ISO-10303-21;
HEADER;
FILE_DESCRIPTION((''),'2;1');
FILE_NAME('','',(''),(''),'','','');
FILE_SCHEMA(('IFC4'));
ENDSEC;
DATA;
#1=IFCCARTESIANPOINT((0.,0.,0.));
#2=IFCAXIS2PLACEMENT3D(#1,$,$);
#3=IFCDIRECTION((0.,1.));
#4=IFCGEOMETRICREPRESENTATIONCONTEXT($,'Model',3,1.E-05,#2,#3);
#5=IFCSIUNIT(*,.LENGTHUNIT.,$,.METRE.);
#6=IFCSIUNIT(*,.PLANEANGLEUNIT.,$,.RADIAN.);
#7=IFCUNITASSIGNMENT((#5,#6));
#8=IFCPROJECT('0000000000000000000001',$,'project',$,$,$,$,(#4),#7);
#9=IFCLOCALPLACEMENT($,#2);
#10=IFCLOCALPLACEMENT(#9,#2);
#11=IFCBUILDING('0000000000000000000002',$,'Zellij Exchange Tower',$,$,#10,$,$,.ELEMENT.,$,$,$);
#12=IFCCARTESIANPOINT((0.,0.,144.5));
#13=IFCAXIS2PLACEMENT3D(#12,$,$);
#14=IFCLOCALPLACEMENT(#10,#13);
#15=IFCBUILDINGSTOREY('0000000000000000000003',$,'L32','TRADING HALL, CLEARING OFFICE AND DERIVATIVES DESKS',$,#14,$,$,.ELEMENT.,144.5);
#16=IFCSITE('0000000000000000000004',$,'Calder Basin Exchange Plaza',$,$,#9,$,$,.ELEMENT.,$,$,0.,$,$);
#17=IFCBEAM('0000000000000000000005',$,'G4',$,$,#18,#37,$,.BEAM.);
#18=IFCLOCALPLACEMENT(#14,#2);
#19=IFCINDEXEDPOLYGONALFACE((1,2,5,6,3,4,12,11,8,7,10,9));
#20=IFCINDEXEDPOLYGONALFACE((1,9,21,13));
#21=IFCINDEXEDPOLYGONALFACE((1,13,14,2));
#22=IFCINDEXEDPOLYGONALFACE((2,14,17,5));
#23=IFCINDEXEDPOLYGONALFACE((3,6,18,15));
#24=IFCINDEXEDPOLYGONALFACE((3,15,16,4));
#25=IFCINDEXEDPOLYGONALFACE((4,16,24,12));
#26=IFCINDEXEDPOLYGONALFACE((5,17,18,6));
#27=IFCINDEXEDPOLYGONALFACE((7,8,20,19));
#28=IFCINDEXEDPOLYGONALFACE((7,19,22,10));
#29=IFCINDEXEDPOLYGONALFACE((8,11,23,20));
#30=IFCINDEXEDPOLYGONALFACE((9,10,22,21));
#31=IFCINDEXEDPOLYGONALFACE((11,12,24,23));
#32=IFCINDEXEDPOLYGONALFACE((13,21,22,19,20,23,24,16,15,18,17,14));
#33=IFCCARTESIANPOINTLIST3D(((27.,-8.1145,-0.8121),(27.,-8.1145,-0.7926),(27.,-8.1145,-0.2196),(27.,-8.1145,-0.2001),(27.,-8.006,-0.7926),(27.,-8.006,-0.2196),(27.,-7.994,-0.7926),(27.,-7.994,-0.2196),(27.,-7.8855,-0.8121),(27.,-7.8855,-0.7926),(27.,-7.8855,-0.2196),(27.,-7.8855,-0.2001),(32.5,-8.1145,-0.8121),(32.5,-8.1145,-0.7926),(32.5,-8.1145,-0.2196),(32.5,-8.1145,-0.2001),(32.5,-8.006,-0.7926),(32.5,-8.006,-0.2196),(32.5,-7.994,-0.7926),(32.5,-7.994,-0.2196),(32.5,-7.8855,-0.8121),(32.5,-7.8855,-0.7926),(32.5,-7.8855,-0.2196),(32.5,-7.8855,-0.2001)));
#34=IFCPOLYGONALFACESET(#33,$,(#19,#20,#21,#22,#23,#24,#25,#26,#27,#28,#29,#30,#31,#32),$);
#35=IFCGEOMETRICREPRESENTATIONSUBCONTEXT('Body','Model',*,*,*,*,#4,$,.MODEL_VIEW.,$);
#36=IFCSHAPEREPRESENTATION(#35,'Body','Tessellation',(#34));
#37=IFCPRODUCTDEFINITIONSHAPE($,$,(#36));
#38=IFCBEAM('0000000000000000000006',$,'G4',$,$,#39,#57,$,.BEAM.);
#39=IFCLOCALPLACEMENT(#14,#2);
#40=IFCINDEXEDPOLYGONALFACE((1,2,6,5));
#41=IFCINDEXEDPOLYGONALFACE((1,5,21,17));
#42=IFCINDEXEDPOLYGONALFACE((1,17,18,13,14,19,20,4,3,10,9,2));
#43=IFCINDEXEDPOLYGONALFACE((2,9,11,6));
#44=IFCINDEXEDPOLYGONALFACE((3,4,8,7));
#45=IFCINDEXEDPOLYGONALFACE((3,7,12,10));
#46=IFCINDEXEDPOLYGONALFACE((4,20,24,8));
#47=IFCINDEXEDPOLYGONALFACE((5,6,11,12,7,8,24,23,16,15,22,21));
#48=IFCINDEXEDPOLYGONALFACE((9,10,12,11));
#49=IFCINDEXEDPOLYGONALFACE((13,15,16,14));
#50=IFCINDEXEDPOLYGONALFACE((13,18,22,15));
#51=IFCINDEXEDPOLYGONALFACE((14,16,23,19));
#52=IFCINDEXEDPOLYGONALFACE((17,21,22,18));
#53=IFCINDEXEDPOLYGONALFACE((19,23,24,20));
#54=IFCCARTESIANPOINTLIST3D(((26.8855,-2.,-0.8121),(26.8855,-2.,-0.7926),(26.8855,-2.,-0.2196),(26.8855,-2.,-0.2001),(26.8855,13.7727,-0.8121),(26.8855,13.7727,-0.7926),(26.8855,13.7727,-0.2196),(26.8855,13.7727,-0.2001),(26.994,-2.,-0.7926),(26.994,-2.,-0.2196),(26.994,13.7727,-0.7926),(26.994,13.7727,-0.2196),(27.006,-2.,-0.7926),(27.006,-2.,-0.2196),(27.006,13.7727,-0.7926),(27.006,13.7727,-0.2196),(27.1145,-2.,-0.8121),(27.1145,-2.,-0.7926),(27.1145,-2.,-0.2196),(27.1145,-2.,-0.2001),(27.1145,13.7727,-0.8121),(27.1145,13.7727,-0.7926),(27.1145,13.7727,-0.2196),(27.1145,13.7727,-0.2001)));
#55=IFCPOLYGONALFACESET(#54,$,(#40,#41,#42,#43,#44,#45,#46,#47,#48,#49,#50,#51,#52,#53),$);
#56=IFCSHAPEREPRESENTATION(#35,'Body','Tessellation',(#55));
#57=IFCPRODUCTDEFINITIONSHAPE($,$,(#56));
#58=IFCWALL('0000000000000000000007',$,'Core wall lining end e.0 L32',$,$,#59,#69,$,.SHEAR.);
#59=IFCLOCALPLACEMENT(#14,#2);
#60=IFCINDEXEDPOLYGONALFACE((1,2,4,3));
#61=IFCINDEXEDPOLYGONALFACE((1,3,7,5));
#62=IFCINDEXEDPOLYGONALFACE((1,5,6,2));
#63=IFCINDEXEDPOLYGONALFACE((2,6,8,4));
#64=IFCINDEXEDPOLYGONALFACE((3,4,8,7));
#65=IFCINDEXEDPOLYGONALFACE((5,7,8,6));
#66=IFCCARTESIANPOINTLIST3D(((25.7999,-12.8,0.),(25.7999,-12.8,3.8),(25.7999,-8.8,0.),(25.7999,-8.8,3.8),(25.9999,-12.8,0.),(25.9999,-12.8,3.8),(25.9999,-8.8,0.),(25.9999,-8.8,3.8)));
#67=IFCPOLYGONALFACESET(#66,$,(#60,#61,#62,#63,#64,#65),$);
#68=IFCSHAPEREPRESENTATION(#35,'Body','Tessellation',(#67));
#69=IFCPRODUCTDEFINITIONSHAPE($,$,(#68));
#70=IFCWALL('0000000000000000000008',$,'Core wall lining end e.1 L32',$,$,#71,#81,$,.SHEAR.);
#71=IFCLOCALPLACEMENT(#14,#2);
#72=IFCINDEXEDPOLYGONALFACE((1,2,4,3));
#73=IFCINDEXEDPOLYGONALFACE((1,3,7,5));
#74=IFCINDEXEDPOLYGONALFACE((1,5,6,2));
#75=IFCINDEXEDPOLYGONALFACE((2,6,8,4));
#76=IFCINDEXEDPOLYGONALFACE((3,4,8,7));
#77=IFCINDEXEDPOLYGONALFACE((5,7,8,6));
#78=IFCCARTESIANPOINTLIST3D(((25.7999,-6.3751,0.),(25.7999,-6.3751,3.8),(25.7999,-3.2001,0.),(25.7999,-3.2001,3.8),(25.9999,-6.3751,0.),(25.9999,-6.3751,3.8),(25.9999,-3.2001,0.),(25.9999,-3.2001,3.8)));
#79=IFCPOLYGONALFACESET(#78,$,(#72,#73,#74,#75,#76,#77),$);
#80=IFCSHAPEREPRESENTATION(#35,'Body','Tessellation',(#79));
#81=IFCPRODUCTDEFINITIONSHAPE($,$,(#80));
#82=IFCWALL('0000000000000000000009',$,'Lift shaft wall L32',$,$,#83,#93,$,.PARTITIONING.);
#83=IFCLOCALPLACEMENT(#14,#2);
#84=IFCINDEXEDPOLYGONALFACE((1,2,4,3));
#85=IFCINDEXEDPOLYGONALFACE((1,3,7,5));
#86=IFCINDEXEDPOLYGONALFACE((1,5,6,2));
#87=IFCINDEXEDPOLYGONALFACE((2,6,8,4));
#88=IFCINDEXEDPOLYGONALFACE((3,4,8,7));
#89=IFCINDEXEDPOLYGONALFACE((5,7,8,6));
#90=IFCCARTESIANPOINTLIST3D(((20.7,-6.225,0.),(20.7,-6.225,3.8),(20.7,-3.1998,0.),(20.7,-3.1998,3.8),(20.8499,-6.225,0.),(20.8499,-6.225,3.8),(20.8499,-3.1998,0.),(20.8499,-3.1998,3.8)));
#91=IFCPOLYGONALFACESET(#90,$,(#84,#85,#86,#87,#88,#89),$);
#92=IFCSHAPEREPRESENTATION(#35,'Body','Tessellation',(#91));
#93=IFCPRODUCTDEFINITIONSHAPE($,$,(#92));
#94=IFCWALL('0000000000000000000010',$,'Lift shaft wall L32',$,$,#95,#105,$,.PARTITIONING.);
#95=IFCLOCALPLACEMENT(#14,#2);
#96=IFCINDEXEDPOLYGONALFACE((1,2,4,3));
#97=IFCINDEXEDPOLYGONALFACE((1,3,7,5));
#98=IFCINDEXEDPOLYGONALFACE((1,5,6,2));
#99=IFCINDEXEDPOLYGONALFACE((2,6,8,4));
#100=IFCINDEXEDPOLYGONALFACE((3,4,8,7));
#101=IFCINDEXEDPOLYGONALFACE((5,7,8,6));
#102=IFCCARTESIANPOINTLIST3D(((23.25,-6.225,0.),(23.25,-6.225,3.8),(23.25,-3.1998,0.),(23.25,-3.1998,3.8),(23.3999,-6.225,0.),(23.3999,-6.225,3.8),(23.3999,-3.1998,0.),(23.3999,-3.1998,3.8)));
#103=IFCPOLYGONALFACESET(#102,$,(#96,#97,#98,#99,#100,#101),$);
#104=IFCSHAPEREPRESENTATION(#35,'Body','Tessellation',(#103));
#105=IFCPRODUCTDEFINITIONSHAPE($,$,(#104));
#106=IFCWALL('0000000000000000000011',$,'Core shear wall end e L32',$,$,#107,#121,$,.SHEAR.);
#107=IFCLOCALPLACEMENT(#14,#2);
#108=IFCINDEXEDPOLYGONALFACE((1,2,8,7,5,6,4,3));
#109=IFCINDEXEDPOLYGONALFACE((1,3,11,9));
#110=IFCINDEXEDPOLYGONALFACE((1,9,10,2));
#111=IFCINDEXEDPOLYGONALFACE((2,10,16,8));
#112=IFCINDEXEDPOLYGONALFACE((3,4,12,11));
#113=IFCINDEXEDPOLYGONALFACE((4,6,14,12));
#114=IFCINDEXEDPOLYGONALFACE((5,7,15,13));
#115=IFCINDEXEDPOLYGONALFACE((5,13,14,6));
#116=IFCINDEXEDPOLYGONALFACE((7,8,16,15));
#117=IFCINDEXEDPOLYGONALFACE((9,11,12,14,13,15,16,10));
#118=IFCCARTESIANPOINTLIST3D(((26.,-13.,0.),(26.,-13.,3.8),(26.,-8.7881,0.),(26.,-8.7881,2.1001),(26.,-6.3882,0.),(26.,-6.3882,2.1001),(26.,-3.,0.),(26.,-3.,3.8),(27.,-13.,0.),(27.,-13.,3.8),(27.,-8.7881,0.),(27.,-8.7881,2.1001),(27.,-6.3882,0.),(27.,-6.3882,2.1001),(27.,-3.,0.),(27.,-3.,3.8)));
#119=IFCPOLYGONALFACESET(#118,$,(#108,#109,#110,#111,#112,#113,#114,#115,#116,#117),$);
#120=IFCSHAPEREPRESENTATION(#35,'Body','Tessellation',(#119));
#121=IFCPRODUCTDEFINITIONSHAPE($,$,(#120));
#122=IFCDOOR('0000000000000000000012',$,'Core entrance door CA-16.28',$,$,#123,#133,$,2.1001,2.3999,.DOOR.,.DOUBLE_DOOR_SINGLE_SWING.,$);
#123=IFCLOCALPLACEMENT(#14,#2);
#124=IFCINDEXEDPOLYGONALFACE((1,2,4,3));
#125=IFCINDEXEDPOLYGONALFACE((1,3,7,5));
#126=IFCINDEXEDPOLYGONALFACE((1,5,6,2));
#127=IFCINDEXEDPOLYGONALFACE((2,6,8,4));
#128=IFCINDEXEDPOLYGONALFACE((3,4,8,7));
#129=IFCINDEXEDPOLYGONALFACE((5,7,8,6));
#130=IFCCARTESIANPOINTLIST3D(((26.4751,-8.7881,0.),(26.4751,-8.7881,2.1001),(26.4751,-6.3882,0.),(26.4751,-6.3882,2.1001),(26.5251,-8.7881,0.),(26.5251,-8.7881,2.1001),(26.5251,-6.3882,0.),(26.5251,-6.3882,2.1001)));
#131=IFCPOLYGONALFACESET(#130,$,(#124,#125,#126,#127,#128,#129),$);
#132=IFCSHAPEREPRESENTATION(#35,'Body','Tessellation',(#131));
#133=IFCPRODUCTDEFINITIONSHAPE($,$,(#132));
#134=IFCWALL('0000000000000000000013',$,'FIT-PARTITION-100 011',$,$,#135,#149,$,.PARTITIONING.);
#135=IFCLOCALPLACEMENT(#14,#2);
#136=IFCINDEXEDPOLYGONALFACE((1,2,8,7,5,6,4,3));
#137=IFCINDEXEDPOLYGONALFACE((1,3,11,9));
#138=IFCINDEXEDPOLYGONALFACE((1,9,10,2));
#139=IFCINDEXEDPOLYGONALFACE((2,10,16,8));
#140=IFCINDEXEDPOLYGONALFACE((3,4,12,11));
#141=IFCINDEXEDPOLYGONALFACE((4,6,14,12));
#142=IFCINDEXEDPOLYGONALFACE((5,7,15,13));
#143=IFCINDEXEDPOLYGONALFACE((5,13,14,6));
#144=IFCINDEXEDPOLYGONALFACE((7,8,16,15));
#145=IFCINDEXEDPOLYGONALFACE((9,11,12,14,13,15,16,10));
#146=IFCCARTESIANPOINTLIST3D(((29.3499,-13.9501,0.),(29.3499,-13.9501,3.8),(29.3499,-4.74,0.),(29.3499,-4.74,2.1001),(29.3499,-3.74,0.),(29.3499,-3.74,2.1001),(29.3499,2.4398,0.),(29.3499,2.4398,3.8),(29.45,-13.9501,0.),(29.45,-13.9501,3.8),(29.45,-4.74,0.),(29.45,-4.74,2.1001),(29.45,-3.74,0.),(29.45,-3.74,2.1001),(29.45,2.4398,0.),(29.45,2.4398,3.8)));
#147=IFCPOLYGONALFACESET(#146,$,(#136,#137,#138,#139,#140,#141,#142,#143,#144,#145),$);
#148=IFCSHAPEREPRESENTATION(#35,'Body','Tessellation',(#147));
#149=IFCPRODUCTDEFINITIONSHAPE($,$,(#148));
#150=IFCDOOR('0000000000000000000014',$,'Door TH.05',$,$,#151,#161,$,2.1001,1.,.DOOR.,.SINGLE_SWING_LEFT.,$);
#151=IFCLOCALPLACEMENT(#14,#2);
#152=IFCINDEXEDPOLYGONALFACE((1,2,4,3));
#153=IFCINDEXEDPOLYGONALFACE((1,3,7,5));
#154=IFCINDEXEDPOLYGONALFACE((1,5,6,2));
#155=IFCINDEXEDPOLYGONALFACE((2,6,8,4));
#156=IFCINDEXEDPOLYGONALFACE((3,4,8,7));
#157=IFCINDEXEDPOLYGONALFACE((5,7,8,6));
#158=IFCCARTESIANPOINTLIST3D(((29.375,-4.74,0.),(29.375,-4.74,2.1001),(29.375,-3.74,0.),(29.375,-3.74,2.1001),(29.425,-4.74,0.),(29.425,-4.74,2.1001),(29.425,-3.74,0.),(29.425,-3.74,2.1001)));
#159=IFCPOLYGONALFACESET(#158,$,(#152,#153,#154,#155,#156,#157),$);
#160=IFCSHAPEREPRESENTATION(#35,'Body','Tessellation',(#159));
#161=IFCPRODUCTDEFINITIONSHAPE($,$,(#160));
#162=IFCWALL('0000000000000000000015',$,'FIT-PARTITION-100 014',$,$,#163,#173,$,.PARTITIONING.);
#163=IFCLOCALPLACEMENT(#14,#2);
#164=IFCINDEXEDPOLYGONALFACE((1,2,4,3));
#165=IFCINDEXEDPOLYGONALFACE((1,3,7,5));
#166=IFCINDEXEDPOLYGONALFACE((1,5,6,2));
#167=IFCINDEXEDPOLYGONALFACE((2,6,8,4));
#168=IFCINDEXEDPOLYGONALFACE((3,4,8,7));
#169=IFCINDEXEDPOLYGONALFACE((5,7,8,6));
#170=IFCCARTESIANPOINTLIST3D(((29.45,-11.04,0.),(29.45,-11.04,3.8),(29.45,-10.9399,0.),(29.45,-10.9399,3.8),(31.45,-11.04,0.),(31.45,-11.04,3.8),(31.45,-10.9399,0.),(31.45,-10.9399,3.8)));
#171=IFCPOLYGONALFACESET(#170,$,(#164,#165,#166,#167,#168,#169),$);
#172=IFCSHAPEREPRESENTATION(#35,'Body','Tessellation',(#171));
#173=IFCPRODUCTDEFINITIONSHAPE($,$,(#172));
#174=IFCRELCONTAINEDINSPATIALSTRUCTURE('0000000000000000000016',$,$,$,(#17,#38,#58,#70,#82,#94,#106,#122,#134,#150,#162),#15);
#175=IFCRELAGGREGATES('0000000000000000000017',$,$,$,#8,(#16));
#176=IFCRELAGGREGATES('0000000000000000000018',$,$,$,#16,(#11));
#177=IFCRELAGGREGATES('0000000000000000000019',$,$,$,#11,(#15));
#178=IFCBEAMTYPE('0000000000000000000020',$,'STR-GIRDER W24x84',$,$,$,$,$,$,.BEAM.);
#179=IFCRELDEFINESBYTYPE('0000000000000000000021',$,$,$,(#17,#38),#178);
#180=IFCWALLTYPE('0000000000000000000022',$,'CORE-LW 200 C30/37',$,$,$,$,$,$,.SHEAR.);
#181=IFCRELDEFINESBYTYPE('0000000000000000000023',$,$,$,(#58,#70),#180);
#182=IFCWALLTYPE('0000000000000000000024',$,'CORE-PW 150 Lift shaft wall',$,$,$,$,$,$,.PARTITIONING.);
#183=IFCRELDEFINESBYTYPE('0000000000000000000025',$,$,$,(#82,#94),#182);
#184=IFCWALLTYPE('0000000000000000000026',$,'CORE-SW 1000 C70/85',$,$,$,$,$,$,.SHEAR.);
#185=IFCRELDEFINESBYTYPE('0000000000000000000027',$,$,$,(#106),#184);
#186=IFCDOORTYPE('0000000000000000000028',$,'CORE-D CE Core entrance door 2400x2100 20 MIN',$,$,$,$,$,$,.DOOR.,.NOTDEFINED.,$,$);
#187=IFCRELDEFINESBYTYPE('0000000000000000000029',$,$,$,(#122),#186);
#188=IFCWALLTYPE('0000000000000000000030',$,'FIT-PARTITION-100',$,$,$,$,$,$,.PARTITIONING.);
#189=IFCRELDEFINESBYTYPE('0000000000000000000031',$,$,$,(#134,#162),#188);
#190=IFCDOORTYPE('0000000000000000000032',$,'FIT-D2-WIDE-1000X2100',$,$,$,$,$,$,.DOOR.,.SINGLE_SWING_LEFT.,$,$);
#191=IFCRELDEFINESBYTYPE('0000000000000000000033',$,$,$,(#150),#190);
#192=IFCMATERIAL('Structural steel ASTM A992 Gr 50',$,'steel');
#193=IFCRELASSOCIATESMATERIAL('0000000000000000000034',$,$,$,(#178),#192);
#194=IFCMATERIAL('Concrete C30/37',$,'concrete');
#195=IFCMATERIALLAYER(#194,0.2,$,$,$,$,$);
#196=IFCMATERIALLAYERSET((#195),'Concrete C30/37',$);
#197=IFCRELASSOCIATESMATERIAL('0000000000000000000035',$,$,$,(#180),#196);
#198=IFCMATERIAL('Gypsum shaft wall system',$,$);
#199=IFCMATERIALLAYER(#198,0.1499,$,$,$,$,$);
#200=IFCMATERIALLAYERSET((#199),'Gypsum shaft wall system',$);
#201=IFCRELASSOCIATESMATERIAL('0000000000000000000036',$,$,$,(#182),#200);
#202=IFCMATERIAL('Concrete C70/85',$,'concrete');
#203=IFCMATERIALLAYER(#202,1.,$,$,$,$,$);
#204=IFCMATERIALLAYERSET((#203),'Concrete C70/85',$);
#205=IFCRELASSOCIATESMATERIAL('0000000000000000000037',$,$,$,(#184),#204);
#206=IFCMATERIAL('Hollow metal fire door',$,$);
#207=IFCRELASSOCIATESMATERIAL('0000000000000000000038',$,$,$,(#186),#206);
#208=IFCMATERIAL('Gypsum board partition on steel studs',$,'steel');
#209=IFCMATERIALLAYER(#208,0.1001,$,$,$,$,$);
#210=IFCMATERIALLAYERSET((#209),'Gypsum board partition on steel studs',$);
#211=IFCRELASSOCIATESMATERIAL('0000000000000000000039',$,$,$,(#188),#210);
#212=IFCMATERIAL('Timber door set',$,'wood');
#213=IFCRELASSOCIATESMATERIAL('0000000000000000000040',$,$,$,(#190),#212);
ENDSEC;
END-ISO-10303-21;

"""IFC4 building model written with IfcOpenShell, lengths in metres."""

from ifc_helpers import new_model, si_unit, direction, frame, frame_2d, origin, origin_2d, place, context, subcontext, project, spatial, rectangle, i_section, extrude, material, layer, layer_set, material_profile, profile_set, type_object, element, fill, save


model = new_model("IFC4")

# Units and contexts
model_context = context("Model", 3, precision=1e-05, world=origin(), true_north=direction((0.0, 1.0)))
body_context = subcontext(model_context, "Body", "Model", "MODEL_VIEW")
ifc_project = project(units=[si_unit("LENGTHUNIT", "METRE"), si_unit("PLANEANGLEUNIT", "RADIAN")], contexts=[model_context])

# Site, building, storey
site_placement = place(None, origin())
site = spatial("IfcSite", under=ifc_project, at=site_placement, Name="Calder Basin Exchange Plaza", CompositionType="ELEMENT", RefElevation=0.0)
building_placement = place(site_placement, origin())
building = spatial("IfcBuilding", under=site, at=building_placement, Name="Zellij Exchange Tower", CompositionType="ELEMENT")
storey_placement = place(building_placement, frame((0.0, 0.0, 144.5)))
storey = spatial("IfcBuildingStorey", under=building, at=storey_placement, Name="L32", Description="TRADING HALL, CLEARING OFFICE AND DERIVATIVES DESKS", CompositionType="ELEMENT", Elevation=144.5)

# Shared definitions
ifc_material_1 = material(Name="Concrete C70/85", Category="concrete")

# Beams
ifc_material_2 = material(Name="Structural steel ASTM A992 Gr 50", Category="steel")
ifc_material_profile_1 = material_profile(ifc_material_2, i_section(OverallWidth=0.229, OverallDepth=0.6121, WebThickness=0.012, FlangeThickness=0.0195, at=origin_2d()), Name="W24x84")
ifc_profile_set_1 = profile_set([ifc_material_profile_1], Name="Structural steel ASTM A992 Gr 50")
beam_type_1 = type_object("IfcBeamType", Name="STR-GIRDER W24x84", PredefinedType="BEAM", material=ifc_profile_set_1)
beam_1_placement = place(storey_placement, frame((27.0, -8.0, -0.5061), z_axis=(1.0, 0.0, 0.0), x_axis=(0.0, 1.0, 0.0)))
element("IfcBeam", 1, at=beam_1_placement, inside=storey, type_object=beam_type_1, Name="G4", PredefinedType="BEAM", context=body_context, shape_type="SweptSolid", body=[
    extrude(i_section(OverallWidth=0.229, OverallDepth=0.6121, WebThickness=0.012, FlangeThickness=0.0195, at=origin_2d()), origin(), (0.0, 0.0, 1.0), 5.5),
])
beam_2_placement = place(storey_placement, frame((27.0, -2.0, -0.5061), z_axis=(0.0, 1.0, 0.0), x_axis=(-1.0, 0.0, 0.0)))
element("IfcBeam", 2, at=beam_2_placement, inside=storey, type_object=beam_type_1, Name="G4", PredefinedType="BEAM", context=body_context, shape_type="SweptSolid", body=[
    extrude(i_section(OverallWidth=0.229, OverallDepth=0.6121, WebThickness=0.012, FlangeThickness=0.0195, at=origin_2d()), origin(), (0.0, 0.0, 1.0), 15.7727),
])

# Walls
ifc_material_3 = material(Name="Concrete C30/37", Category="concrete")
ifc_layer_1 = layer(ifc_material_3, 0.2)
ifc_layer_set_1 = layer_set([ifc_layer_1], Name="Concrete C30/37")
wall_type_1 = type_object("IfcWallType", Name="CORE-LW 200 C30/37", PredefinedType="SHEAR", material=ifc_layer_set_1)
wall_1_placement = place(storey_placement, frame((25.8999, -12.8, 0.0), z_axis=(0.0, 0.0, 1.0), x_axis=(0.0, 1.0, 0.0)))
element("IfcWall", 3, at=wall_1_placement, inside=storey, type_object=wall_type_1, Name="Core wall lining end e.0 L32", PredefinedType="SHEAR", context=body_context, shape_type="SweptSolid", body=[
    extrude(rectangle(XDim=4.0, YDim=0.2, at=frame_2d((2.0, 0.0))), origin(), (0.0, 0.0, 1.0), 3.8),
])
wall_2_placement = place(storey_placement, frame((25.8999, -6.375, 0.0), z_axis=(0.0, 0.0, 1.0), x_axis=(0.0, 1.0, 0.0)))
element("IfcWall", 4, at=wall_2_placement, inside=storey, type_object=wall_type_1, Name="Core wall lining end e.1 L32", PredefinedType="SHEAR", context=body_context, shape_type="SweptSolid", body=[
    extrude(rectangle(XDim=3.175, YDim=0.2, at=frame_2d((1.5874, 0.0))), origin(), (0.0, 0.0, 1.0), 3.8),
])
ifc_material_4 = material(Name="Gypsum shaft wall system")
ifc_layer_2 = layer(ifc_material_4, 0.1499)
ifc_layer_set_2 = layer_set([ifc_layer_2], Name="Gypsum shaft wall system")
wall_type_2 = type_object("IfcWallType", Name="CORE-PW 150 Lift shaft wall", PredefinedType="PARTITIONING", material=ifc_layer_set_2)
for number, where, z_axis, x_axis, name in (
    (5, (20.7749, -6.2251, 0.0), (0.0, 0.0, 1.0), (0.0, 1.0, 0.0), "Lift shaft wall L32"),
    (6, (23.325, -6.2251, 0.0), (0.0, 0.0, 1.0), (0.0, 1.0, 0.0), "Lift shaft wall L32"),
):
    element("IfcWall", number, at=place(storey_placement, frame(where, z_axis=z_axis, x_axis=x_axis)), inside=storey, type_object=wall_type_2, Name=name, PredefinedType="PARTITIONING", context=body_context, shape_type="SweptSolid", body=[
        extrude(rectangle(XDim=3.0251, YDim=0.1499, at=frame_2d((1.5127, 0.0))), origin(), (0.0, 0.0, 1.0), 3.8),
    ])

# Walls, openings, doors
ifc_layer_3 = layer(ifc_material_1, 1.0)
ifc_layer_set_3 = layer_set([ifc_layer_3], Name="Concrete C70/85")
wall_type_3 = type_object("IfcWallType", Name="CORE-SW 1000 C70/85", PredefinedType="SHEAR", material=ifc_layer_set_3)
wall_3_placement = place(storey_placement, frame((26.5, -13.0, 0.0), z_axis=(0.0, 0.0, 1.0), x_axis=(0.0, 1.0, 0.0)))
wall_3 = element("IfcWall", 7, at=wall_3_placement, inside=storey, type_object=wall_type_3, Name="Core shear wall end e L32", PredefinedType="SHEAR", context=body_context, shape_type="SweptSolid", body=[
    extrude(rectangle(XDim=10.0, YDim=1.0, at=frame_2d((5.0, 0.0))), origin(), (0.0, 0.0, 1.0), 3.8),
])
opening_1_placement = place(wall_3_placement, frame((4.2119, 0.0, 0.0)))
opening_1 = element("IfcOpeningElement", 8, at=opening_1_placement, cuts=wall_3, PredefinedType="OPENING", context=body_context, shape_type="SweptSolid", body=[
    extrude(rectangle(XDim=2.3999, YDim=2.1001, at=frame_2d((1.2, 1.05))), frame((0.0, 0.512, 0.0), z_axis=(0.0, -1.0, 0.0), x_axis=(1.0, 0.0, 0.0)), (0.0, 0.0, 1.0), 1.0239),
])
ifc_material_5 = material(Name="Hollow metal fire door")
door_type_1 = type_object("IfcDoorType", Name="CORE-D CE Core entrance door 2400x2100 20 MIN", OperationType="NOTDEFINED", PredefinedType="DOOR", material=ifc_material_5)
door_1_placement = place(opening_1_placement, origin())
door_1 = element("IfcDoor", 9, at=door_1_placement, inside=storey, type_object=door_type_1, Name="Core entrance door CA-16.28", OperationType="DOUBLE_DOOR_SINGLE_SWING", OverallHeight=2.1001, OverallWidth=2.3999, PredefinedType="DOOR", context=body_context, shape_type="SweptSolid", body=[
    extrude(rectangle(XDim=2.3999, YDim=2.1001, at=frame_2d((1.2, 1.05))), frame((0.0, 0.0249, 0.0), z_axis=(0.0, -1.0, 0.0), x_axis=(1.0, 0.0, 0.0)), (0.0, 0.0, 1.0), 0.05),
])
fill(opening_1, door_1)
ifc_material_6 = material(Name="Gypsum board partition on steel studs", Category="steel")
ifc_layer_4 = layer(ifc_material_6, 0.1001)
ifc_layer_set_4 = layer_set([ifc_layer_4], Name="Gypsum board partition on steel studs")
wall_type_4 = type_object("IfcWallType", Name="FIT-PARTITION-100", PredefinedType="PARTITIONING", material=ifc_layer_set_4)
wall_4_placement = place(storey_placement, frame((29.3999, -13.95, 0.0), z_axis=(0.0, 0.0, 1.0), x_axis=(0.0, 1.0, 0.0)))
wall_4 = element("IfcWall", 10, at=wall_4_placement, inside=storey, type_object=wall_type_4, Name="FIT-PARTITION-100 011", PredefinedType="PARTITIONING", context=body_context, shape_type="SweptSolid", body=[
    extrude(rectangle(XDim=16.3899, YDim=0.1001, at=frame_2d((8.1948, 0.0))), origin(), (0.0, 0.0, 1.0), 3.8),
])
opening_2_placement = place(wall_4_placement, frame((9.21, 0.0, 0.0)))
opening_2 = element("IfcOpeningElement", 11, at=opening_2_placement, cuts=wall_4, PredefinedType="OPENING", context=body_context, shape_type="SweptSolid", body=[
    extrude(rectangle(XDim=1.0, YDim=2.1001, at=frame_2d((0.5, 1.05))), frame((0.0, 0.062, 0.0), z_axis=(0.0, -1.0, 0.0), x_axis=(1.0, 0.0, 0.0)), (0.0, 0.0, 1.0), 0.124),
])
ifc_material_7 = material(Name="Timber door set", Category="wood")
door_type_2 = type_object("IfcDoorType", Name="FIT-D2-WIDE-1000X2100", OperationType="SINGLE_SWING_LEFT", PredefinedType="DOOR", material=ifc_material_7)
door_2_placement = place(opening_2_placement, origin())
door_2 = element("IfcDoor", 12, at=door_2_placement, inside=storey, type_object=door_type_2, Name="Door TH.05", OperationType="SINGLE_SWING_LEFT", OverallHeight=2.1001, OverallWidth=1.0, PredefinedType="DOOR", context=body_context, shape_type="SweptSolid", body=[
    extrude(rectangle(XDim=1.0, YDim=2.1001, at=frame_2d((0.5, 1.05))), frame((0.0, 0.0249, 0.0), z_axis=(0.0, -1.0, 0.0), x_axis=(1.0, 0.0, 0.0)), (0.0, 0.0, 1.0), 0.05),
])
fill(opening_2, door_2)

# Wall
wall_5_placement = place(storey_placement, frame((29.45, -10.99, 0.0), z_axis=(0.0, 0.0, 1.0), x_axis=(1.0, 0.0, 0.0)))
element("IfcWall", 13, at=wall_5_placement, inside=storey, type_object=wall_type_4, Name="FIT-PARTITION-100 014", PredefinedType="PARTITIONING", context=body_context, shape_type="SweptSolid", body=[
    extrude(rectangle(XDim=2.0, YDim=0.1001, at=frame_2d((1.0, 0.0))), origin(), (0.0, 0.0, 1.0), 3.8),
])

save(model, "model.ifc")
